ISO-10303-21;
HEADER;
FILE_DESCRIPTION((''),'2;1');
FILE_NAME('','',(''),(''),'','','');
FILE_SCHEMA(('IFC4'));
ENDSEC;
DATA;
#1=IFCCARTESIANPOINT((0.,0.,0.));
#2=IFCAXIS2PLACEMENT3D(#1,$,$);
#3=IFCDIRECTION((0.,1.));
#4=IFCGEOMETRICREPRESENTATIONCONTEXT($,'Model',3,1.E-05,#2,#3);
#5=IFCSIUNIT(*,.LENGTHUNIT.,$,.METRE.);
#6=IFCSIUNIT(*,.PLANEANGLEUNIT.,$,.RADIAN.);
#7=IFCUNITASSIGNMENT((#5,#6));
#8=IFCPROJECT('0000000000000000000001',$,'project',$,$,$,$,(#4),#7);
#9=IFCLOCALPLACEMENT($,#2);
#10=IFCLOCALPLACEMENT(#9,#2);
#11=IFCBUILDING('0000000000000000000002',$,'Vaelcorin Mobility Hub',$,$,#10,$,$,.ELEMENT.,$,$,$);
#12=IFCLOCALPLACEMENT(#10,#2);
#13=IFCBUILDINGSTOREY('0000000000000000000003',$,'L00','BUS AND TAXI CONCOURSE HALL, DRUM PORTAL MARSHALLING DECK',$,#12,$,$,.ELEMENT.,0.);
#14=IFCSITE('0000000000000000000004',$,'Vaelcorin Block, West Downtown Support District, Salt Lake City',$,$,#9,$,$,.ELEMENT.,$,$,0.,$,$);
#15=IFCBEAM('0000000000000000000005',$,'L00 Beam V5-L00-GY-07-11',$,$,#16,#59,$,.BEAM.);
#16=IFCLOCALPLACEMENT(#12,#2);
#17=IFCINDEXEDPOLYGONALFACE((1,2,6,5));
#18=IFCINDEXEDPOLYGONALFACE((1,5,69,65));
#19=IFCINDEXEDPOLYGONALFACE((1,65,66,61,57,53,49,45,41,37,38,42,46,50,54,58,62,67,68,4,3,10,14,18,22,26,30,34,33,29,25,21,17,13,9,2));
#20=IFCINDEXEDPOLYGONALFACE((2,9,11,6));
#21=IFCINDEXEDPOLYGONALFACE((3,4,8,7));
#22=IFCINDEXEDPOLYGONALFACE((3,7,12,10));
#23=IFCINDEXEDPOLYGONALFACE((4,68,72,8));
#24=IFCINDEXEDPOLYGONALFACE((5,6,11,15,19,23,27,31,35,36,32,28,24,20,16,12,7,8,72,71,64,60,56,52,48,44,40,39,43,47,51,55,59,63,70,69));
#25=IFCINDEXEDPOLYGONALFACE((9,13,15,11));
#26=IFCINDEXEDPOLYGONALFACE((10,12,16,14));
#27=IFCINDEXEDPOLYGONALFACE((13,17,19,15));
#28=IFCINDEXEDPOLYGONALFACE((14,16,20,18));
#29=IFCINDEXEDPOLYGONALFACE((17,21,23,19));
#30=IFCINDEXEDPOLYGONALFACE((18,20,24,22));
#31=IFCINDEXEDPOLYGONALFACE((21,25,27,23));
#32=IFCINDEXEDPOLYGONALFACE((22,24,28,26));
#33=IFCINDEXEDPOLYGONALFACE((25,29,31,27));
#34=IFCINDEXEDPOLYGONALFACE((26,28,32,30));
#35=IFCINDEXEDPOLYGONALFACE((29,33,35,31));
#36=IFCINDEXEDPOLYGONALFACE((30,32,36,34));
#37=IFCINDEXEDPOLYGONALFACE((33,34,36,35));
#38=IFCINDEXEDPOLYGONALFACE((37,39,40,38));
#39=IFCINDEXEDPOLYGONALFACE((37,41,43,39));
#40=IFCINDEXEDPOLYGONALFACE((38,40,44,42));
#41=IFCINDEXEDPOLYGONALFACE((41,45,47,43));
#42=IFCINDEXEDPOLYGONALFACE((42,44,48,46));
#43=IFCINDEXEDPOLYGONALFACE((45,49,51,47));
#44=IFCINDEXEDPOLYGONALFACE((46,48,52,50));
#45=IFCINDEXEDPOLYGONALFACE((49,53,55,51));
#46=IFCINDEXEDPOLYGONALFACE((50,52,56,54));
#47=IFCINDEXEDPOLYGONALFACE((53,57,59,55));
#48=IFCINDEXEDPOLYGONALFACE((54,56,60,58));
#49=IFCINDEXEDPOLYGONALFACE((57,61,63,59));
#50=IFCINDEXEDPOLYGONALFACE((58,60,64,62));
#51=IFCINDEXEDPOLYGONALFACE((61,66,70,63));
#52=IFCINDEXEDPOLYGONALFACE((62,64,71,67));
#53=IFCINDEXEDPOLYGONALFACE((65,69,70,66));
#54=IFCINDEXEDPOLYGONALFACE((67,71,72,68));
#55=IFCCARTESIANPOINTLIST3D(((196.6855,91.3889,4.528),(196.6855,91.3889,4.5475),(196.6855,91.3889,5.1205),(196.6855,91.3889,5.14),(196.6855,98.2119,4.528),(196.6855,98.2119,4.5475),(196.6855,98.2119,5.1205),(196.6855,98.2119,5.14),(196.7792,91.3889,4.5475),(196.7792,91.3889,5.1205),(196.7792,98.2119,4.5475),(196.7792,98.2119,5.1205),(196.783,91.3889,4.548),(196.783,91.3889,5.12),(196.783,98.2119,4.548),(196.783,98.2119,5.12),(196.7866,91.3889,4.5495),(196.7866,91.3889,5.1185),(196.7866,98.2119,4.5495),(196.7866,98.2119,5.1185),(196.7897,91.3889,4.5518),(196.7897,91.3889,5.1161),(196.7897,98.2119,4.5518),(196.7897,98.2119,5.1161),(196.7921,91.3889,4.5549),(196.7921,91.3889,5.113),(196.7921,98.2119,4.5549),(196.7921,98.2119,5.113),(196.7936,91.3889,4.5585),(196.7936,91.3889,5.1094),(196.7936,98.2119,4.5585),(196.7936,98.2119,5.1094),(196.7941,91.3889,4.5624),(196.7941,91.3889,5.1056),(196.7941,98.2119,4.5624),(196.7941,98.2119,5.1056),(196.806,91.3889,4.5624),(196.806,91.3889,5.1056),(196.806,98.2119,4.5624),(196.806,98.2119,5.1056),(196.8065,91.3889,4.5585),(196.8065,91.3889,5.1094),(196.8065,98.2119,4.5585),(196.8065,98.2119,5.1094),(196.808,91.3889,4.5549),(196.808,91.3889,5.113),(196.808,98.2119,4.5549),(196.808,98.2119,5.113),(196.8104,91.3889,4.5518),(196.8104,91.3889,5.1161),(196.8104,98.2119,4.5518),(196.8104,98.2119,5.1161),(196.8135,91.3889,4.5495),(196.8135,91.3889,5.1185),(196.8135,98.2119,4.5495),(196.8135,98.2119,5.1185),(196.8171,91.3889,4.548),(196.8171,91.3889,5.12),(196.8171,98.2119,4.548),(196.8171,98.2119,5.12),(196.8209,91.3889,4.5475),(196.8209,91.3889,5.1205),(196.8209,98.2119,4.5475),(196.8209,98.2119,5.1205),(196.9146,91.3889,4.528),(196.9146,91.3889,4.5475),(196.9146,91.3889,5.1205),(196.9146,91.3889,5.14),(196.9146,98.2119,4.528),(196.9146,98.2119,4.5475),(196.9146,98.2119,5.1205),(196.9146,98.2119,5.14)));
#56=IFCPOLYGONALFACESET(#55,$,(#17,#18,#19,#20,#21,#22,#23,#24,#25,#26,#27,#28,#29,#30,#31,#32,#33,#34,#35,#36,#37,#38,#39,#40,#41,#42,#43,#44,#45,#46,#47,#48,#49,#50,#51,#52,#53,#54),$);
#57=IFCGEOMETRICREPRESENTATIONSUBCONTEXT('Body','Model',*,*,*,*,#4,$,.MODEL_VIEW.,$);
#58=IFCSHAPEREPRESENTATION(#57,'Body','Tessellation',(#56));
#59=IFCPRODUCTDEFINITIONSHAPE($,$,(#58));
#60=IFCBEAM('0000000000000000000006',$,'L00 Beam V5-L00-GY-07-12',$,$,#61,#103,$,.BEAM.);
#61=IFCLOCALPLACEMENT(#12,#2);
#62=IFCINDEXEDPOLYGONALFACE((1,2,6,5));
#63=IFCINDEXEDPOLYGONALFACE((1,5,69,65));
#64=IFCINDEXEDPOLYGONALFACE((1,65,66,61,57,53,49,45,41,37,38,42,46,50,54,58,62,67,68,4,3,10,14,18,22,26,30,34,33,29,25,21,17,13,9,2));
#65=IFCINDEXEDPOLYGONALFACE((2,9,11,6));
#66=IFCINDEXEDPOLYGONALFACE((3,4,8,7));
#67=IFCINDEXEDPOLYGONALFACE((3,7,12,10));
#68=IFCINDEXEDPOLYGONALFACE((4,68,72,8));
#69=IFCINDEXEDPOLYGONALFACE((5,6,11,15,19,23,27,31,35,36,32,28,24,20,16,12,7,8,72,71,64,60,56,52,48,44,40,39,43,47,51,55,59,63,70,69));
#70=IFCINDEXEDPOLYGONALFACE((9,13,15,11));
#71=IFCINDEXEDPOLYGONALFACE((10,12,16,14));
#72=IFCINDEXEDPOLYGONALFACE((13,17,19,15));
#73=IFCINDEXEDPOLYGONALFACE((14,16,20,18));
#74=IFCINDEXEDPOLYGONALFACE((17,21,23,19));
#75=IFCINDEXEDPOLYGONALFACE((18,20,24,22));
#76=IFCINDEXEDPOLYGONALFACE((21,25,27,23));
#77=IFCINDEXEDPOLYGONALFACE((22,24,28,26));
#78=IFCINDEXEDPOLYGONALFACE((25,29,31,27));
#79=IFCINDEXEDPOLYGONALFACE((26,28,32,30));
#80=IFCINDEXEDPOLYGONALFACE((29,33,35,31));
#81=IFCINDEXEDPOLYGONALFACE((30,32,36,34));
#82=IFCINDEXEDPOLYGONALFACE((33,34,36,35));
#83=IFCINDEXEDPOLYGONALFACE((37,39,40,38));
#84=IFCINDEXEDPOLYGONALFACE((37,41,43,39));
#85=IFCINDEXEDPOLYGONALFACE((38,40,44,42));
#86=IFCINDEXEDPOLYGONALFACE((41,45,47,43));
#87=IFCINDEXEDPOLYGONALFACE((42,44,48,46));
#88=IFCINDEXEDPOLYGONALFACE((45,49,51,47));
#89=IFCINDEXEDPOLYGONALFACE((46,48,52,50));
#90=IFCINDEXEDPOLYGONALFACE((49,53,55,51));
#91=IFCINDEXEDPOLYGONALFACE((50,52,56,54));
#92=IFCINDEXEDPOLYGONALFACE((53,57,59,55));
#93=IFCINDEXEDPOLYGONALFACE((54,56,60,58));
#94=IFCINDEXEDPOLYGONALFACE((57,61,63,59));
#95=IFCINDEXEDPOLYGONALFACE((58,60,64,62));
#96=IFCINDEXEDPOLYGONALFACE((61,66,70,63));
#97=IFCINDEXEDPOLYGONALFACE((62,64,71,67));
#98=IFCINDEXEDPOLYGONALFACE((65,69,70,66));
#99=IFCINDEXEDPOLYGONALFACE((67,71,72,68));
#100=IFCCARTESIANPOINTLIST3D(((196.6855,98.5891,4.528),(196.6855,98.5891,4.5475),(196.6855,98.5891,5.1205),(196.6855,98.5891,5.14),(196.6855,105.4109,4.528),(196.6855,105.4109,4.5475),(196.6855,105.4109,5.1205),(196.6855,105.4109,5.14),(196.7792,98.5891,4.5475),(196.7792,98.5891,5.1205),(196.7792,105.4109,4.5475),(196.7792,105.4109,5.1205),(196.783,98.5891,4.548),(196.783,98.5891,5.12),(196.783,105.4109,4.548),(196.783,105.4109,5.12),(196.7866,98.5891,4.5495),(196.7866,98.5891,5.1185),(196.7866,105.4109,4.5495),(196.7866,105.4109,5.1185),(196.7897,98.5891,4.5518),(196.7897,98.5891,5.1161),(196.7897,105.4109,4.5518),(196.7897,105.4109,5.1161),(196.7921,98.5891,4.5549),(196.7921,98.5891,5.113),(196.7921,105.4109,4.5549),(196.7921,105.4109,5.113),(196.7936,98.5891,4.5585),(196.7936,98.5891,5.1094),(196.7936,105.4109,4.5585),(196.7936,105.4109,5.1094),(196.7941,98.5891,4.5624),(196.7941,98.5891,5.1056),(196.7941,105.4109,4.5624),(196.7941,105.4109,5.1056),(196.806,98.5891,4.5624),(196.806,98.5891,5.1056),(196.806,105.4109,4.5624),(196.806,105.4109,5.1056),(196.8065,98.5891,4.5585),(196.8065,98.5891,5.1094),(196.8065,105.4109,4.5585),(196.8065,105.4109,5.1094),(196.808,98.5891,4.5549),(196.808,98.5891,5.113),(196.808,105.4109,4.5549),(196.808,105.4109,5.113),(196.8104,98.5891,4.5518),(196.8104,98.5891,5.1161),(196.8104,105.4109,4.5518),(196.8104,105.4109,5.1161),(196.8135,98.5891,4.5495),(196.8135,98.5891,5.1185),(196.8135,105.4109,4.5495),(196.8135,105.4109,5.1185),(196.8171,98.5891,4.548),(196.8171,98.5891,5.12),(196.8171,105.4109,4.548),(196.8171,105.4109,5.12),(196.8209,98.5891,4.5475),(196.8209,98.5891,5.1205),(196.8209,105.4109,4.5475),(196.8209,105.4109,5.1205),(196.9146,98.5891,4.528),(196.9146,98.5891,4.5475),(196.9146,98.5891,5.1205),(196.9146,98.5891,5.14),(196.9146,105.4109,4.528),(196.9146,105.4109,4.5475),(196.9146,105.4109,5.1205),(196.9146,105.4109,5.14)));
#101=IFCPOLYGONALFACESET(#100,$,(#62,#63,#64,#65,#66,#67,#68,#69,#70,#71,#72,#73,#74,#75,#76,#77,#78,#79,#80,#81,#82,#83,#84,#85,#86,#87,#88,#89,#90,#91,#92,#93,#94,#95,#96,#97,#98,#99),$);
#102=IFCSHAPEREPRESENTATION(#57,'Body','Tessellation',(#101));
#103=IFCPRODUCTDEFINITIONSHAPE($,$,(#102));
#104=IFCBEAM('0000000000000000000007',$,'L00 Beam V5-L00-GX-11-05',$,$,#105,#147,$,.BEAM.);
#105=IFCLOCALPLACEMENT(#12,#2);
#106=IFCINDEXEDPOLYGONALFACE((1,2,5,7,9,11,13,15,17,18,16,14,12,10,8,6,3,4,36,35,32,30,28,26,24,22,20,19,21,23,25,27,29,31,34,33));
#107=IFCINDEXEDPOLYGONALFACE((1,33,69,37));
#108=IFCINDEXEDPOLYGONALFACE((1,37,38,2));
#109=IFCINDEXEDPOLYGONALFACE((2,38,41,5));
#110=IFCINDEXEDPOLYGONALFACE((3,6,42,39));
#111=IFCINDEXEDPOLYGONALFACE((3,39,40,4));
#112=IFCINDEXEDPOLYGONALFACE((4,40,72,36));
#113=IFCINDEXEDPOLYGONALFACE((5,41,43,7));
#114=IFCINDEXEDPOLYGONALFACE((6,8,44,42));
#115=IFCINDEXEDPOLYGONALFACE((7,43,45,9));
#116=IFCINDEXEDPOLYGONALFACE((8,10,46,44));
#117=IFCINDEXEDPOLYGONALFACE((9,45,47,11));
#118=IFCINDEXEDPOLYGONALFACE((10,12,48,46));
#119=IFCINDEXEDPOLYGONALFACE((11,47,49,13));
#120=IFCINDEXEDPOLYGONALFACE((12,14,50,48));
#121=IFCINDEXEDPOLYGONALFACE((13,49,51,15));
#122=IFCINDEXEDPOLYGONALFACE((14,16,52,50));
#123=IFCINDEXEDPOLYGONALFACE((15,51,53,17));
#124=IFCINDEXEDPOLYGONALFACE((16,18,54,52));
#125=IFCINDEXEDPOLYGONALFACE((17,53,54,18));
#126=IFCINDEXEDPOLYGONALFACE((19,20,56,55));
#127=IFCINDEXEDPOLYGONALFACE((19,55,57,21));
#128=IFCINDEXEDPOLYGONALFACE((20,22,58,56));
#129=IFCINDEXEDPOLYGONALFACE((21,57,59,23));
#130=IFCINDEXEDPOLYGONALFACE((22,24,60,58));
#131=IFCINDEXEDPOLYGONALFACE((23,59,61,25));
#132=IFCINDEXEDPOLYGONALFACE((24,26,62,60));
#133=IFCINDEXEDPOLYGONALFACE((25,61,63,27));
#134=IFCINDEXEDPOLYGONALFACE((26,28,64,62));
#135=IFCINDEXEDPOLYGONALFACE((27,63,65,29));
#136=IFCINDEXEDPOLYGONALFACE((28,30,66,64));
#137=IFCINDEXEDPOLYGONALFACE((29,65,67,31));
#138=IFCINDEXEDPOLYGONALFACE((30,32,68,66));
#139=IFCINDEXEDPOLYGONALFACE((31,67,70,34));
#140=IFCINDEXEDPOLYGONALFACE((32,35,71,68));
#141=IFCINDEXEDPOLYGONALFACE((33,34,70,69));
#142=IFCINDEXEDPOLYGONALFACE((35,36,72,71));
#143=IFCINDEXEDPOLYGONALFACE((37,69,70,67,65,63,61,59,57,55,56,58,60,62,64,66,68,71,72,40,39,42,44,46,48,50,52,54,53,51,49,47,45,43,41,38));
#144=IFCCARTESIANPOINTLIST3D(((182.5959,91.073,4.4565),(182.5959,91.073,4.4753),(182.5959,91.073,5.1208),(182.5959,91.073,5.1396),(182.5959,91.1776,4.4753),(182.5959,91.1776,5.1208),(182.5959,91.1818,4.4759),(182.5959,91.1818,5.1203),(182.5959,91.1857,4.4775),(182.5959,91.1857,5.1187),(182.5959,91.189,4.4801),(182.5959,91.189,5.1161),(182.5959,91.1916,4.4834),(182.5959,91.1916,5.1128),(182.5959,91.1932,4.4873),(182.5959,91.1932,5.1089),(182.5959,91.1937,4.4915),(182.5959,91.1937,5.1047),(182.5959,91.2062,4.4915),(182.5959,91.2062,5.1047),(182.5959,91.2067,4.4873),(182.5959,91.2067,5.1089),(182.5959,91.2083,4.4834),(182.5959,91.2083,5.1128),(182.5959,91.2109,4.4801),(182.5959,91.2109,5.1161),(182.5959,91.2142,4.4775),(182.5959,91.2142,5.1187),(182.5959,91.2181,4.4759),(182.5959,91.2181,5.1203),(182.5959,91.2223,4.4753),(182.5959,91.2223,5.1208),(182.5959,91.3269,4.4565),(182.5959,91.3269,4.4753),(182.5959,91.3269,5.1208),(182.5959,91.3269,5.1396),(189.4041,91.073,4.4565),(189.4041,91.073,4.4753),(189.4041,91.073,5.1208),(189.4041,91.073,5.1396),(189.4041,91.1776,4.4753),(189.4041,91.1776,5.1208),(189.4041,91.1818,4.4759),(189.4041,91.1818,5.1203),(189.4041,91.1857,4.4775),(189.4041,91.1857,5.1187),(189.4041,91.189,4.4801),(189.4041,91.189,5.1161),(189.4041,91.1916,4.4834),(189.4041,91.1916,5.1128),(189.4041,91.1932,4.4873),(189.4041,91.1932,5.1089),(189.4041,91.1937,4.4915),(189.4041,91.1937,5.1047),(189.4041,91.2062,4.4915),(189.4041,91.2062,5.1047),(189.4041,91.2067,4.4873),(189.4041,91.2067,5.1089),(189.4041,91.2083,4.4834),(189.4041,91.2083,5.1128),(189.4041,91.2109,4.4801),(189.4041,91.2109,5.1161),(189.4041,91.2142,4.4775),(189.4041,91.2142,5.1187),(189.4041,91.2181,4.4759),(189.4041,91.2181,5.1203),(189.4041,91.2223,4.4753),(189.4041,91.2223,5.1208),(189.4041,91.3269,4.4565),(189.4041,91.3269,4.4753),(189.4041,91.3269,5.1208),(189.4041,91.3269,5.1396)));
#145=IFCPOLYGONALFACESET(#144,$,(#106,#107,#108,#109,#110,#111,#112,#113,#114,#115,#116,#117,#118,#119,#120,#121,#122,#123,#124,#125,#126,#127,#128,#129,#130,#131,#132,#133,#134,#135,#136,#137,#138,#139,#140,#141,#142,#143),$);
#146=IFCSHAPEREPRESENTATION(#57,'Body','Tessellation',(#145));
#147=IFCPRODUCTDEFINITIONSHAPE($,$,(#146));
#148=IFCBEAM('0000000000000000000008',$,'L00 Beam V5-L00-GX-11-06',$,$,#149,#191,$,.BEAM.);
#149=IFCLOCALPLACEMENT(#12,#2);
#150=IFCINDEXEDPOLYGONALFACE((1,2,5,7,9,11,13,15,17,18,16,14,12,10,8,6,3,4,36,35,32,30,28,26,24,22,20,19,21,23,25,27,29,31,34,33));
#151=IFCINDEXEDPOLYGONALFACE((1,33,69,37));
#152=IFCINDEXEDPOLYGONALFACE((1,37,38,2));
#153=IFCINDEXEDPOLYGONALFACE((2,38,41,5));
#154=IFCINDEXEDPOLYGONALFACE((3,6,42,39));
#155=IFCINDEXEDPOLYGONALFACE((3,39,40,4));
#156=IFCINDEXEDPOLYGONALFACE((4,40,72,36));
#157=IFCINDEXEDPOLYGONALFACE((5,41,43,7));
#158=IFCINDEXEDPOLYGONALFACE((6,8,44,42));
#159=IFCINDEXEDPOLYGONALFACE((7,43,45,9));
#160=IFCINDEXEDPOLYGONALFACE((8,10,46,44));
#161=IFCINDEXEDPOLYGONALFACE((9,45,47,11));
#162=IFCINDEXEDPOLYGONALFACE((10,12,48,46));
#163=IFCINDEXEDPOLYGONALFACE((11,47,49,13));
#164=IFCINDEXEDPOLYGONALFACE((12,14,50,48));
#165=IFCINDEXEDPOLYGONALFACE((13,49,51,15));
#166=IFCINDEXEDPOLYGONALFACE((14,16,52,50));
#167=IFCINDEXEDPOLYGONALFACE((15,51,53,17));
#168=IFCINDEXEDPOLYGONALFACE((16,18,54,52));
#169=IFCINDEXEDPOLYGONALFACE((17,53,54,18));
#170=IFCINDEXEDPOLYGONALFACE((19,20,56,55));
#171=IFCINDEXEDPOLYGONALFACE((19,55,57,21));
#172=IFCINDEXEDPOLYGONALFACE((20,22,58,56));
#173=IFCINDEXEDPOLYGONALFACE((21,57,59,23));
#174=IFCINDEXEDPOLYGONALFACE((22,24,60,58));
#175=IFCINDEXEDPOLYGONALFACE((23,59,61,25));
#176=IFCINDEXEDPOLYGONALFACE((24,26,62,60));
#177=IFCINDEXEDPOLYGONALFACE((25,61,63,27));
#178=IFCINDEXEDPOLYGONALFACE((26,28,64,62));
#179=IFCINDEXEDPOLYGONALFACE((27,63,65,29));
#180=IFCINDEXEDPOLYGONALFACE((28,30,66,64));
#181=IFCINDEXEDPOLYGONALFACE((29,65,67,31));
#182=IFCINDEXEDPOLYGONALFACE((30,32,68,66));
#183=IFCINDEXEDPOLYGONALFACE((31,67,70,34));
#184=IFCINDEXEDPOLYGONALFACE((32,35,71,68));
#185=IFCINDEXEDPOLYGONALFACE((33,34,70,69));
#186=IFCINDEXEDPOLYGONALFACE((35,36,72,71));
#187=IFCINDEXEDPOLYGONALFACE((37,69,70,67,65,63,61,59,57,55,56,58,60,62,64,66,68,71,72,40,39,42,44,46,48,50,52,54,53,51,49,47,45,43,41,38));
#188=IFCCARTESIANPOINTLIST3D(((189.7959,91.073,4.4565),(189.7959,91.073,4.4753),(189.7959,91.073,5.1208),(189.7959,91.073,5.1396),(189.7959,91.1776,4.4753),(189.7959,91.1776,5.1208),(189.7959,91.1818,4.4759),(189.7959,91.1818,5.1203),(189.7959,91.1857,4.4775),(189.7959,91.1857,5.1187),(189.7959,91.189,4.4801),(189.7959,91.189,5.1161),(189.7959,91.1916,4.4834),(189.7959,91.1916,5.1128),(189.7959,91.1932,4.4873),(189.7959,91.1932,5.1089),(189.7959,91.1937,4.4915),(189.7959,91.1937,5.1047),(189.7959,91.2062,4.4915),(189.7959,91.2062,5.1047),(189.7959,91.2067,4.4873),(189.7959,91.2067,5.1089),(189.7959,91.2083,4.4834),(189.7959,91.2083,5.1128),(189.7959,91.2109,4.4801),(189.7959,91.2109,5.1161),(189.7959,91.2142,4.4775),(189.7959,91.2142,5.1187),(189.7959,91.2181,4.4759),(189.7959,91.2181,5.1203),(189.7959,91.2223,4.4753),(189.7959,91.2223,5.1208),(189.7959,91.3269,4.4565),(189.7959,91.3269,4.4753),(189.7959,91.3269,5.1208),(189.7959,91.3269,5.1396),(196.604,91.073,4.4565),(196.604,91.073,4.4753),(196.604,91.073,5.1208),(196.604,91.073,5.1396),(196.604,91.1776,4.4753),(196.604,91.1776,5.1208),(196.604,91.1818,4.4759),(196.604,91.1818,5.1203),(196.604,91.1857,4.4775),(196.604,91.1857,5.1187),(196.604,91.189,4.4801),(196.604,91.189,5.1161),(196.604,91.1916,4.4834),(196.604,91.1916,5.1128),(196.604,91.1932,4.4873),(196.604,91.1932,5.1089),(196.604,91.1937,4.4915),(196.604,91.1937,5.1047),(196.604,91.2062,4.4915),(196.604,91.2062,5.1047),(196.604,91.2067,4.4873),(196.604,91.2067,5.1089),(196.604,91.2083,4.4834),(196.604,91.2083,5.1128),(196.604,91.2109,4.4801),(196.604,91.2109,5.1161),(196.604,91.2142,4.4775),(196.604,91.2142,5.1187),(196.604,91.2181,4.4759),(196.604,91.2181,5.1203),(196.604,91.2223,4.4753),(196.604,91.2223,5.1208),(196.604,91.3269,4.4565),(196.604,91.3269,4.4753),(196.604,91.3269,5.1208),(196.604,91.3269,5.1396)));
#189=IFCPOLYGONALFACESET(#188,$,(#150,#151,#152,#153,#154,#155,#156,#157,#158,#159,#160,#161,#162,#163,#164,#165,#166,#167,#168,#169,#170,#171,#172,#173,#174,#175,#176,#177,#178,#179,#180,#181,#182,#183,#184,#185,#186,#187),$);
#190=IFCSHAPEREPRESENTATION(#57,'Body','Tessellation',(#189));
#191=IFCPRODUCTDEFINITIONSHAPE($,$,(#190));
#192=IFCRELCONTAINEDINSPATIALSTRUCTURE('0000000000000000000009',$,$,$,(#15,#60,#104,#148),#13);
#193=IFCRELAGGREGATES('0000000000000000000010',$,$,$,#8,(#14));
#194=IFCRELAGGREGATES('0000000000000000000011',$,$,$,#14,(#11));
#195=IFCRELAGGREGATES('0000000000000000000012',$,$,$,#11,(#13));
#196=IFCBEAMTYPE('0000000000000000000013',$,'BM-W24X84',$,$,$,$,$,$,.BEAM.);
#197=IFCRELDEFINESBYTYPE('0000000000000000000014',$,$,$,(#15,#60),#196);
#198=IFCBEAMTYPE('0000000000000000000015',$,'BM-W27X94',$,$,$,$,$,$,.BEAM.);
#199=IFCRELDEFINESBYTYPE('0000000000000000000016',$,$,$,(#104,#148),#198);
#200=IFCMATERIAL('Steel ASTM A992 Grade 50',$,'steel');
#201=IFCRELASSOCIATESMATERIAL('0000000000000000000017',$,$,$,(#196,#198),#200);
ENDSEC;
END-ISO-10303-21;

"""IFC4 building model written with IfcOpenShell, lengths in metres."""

from ifc_helpers import new_model, si_unit, direction, frame, origin, origin_2d, place, context, subcontext, project, spatial, i_section, extrude, material, material_profile, profile_set, type_object, element, save


model = new_model("IFC4")

# Units and contexts
model_context = context("Model", 3, precision=1e-05, world=origin(), true_north=direction((0.0, 1.0)))
body_context = subcontext(model_context, "Body", "Model", "MODEL_VIEW")
ifc_project = project(units=[si_unit("LENGTHUNIT", "METRE"), si_unit("PLANEANGLEUNIT", "RADIAN")], contexts=[model_context])

# Site, building, storey
site_placement = place(None, origin())
site = spatial("IfcSite", under=ifc_project, at=site_placement, Name="Vaelcorin Block, West Downtown Support District, Salt Lake City", CompositionType="ELEMENT", RefElevation=0.0)
building_placement = place(site_placement, origin())
building = spatial("IfcBuilding", under=site, at=building_placement, Name="Vaelcorin Mobility Hub", CompositionType="ELEMENT")
storey_placement = place(building_placement, origin())
storey = spatial("IfcBuildingStorey", under=building, at=storey_placement, Name="L00", Description="BUS AND TAXI CONCOURSE HALL, DRUM PORTAL MARSHALLING DECK", CompositionType="ELEMENT", Elevation=0.0)

# Shared definitions
ifc_material = material(Name="Steel ASTM A992 Grade 50", Category="steel")

# Beams
ifc_material_profile_1 = material_profile(ifc_material, i_section(OverallWidth=0.229, OverallDepth=0.6121, WebThickness=0.012, FlangeThickness=0.0195, FilletRadius=0.0149, at=origin_2d()), Name="W24X84")
ifc_profile_set_1 = profile_set([ifc_material_profile_1], Name="Steel ASTM A992 Grade 50")
beam_type_1 = type_object("IfcBeamType", Name="BM-W24X84", PredefinedType="BEAM", material=ifc_profile_set_1)
beam_1_placement = place(storey_placement, frame((196.8, 91.3889, 4.834), z_axis=(0.0, 1.0, 0.0), x_axis=(-1.0, 0.0, 0.0)))
element("IfcBeam", 1, at=beam_1_placement, inside=storey, type_object=beam_type_1, Name="L00 Beam V5-L00-GY-07-11", PredefinedType="BEAM", context=body_context, shape_type="SweptSolid", body=[
    extrude(i_section(OverallWidth=0.229, OverallDepth=0.6121, WebThickness=0.012, FlangeThickness=0.0195, FilletRadius=0.0149, at=origin_2d()), origin(), (0.0, 0.0, 1.0), 6.823),
])
beam_2_placement = place(storey_placement, frame((196.8, 98.5891, 4.834), z_axis=(0.0, 1.0, 0.0), x_axis=(-1.0, 0.0, 0.0)))
element("IfcBeam", 2, at=beam_2_placement, inside=storey, type_object=beam_type_1, Name="L00 Beam V5-L00-GY-07-12", PredefinedType="BEAM", context=body_context, shape_type="SweptSolid", body=[
    extrude(i_section(OverallWidth=0.229, OverallDepth=0.6121, WebThickness=0.012, FlangeThickness=0.0195, FilletRadius=0.0149, at=origin_2d()), origin(), (0.0, 0.0, 1.0), 6.8218),
])
ifc_material_profile_2 = material_profile(ifc_material, i_section(OverallWidth=0.2539, OverallDepth=0.6831, WebThickness=0.0125, FlangeThickness=0.0188, FilletRadius=0.0161, at=origin_2d()), Name="W27X94")
ifc_profile_set_2 = profile_set([ifc_material_profile_2], Name="Steel ASTM A992 Grade 50")
beam_type_2 = type_object("IfcBeamType", Name="BM-W27X94", PredefinedType="BEAM", material=ifc_profile_set_2)
for number, where, z_axis, x_axis, name in (
    (3, (182.5959, 91.2, 4.7981), (1.0, 0.0, 0.0), (0.0, 1.0, 0.0), "L00 Beam V5-L00-GX-11-05"),
    (4, (189.7959, 91.2, 4.7981), (1.0, 0.0, 0.0), (0.0, 1.0, 0.0), "L00 Beam V5-L00-GX-11-06"),
):
    element("IfcBeam", number, at=place(storey_placement, frame(where, z_axis=z_axis, x_axis=x_axis)), inside=storey, type_object=beam_type_2, Name=name, PredefinedType="BEAM", context=body_context, shape_type="SweptSolid", body=[
        extrude(i_section(OverallWidth=0.2539, OverallDepth=0.6831, WebThickness=0.0125, FlangeThickness=0.0188, FilletRadius=0.0161, at=origin_2d()), origin(), (0.0, 0.0, 1.0), 6.8081),
    ])

save(model, "model.ifc")
